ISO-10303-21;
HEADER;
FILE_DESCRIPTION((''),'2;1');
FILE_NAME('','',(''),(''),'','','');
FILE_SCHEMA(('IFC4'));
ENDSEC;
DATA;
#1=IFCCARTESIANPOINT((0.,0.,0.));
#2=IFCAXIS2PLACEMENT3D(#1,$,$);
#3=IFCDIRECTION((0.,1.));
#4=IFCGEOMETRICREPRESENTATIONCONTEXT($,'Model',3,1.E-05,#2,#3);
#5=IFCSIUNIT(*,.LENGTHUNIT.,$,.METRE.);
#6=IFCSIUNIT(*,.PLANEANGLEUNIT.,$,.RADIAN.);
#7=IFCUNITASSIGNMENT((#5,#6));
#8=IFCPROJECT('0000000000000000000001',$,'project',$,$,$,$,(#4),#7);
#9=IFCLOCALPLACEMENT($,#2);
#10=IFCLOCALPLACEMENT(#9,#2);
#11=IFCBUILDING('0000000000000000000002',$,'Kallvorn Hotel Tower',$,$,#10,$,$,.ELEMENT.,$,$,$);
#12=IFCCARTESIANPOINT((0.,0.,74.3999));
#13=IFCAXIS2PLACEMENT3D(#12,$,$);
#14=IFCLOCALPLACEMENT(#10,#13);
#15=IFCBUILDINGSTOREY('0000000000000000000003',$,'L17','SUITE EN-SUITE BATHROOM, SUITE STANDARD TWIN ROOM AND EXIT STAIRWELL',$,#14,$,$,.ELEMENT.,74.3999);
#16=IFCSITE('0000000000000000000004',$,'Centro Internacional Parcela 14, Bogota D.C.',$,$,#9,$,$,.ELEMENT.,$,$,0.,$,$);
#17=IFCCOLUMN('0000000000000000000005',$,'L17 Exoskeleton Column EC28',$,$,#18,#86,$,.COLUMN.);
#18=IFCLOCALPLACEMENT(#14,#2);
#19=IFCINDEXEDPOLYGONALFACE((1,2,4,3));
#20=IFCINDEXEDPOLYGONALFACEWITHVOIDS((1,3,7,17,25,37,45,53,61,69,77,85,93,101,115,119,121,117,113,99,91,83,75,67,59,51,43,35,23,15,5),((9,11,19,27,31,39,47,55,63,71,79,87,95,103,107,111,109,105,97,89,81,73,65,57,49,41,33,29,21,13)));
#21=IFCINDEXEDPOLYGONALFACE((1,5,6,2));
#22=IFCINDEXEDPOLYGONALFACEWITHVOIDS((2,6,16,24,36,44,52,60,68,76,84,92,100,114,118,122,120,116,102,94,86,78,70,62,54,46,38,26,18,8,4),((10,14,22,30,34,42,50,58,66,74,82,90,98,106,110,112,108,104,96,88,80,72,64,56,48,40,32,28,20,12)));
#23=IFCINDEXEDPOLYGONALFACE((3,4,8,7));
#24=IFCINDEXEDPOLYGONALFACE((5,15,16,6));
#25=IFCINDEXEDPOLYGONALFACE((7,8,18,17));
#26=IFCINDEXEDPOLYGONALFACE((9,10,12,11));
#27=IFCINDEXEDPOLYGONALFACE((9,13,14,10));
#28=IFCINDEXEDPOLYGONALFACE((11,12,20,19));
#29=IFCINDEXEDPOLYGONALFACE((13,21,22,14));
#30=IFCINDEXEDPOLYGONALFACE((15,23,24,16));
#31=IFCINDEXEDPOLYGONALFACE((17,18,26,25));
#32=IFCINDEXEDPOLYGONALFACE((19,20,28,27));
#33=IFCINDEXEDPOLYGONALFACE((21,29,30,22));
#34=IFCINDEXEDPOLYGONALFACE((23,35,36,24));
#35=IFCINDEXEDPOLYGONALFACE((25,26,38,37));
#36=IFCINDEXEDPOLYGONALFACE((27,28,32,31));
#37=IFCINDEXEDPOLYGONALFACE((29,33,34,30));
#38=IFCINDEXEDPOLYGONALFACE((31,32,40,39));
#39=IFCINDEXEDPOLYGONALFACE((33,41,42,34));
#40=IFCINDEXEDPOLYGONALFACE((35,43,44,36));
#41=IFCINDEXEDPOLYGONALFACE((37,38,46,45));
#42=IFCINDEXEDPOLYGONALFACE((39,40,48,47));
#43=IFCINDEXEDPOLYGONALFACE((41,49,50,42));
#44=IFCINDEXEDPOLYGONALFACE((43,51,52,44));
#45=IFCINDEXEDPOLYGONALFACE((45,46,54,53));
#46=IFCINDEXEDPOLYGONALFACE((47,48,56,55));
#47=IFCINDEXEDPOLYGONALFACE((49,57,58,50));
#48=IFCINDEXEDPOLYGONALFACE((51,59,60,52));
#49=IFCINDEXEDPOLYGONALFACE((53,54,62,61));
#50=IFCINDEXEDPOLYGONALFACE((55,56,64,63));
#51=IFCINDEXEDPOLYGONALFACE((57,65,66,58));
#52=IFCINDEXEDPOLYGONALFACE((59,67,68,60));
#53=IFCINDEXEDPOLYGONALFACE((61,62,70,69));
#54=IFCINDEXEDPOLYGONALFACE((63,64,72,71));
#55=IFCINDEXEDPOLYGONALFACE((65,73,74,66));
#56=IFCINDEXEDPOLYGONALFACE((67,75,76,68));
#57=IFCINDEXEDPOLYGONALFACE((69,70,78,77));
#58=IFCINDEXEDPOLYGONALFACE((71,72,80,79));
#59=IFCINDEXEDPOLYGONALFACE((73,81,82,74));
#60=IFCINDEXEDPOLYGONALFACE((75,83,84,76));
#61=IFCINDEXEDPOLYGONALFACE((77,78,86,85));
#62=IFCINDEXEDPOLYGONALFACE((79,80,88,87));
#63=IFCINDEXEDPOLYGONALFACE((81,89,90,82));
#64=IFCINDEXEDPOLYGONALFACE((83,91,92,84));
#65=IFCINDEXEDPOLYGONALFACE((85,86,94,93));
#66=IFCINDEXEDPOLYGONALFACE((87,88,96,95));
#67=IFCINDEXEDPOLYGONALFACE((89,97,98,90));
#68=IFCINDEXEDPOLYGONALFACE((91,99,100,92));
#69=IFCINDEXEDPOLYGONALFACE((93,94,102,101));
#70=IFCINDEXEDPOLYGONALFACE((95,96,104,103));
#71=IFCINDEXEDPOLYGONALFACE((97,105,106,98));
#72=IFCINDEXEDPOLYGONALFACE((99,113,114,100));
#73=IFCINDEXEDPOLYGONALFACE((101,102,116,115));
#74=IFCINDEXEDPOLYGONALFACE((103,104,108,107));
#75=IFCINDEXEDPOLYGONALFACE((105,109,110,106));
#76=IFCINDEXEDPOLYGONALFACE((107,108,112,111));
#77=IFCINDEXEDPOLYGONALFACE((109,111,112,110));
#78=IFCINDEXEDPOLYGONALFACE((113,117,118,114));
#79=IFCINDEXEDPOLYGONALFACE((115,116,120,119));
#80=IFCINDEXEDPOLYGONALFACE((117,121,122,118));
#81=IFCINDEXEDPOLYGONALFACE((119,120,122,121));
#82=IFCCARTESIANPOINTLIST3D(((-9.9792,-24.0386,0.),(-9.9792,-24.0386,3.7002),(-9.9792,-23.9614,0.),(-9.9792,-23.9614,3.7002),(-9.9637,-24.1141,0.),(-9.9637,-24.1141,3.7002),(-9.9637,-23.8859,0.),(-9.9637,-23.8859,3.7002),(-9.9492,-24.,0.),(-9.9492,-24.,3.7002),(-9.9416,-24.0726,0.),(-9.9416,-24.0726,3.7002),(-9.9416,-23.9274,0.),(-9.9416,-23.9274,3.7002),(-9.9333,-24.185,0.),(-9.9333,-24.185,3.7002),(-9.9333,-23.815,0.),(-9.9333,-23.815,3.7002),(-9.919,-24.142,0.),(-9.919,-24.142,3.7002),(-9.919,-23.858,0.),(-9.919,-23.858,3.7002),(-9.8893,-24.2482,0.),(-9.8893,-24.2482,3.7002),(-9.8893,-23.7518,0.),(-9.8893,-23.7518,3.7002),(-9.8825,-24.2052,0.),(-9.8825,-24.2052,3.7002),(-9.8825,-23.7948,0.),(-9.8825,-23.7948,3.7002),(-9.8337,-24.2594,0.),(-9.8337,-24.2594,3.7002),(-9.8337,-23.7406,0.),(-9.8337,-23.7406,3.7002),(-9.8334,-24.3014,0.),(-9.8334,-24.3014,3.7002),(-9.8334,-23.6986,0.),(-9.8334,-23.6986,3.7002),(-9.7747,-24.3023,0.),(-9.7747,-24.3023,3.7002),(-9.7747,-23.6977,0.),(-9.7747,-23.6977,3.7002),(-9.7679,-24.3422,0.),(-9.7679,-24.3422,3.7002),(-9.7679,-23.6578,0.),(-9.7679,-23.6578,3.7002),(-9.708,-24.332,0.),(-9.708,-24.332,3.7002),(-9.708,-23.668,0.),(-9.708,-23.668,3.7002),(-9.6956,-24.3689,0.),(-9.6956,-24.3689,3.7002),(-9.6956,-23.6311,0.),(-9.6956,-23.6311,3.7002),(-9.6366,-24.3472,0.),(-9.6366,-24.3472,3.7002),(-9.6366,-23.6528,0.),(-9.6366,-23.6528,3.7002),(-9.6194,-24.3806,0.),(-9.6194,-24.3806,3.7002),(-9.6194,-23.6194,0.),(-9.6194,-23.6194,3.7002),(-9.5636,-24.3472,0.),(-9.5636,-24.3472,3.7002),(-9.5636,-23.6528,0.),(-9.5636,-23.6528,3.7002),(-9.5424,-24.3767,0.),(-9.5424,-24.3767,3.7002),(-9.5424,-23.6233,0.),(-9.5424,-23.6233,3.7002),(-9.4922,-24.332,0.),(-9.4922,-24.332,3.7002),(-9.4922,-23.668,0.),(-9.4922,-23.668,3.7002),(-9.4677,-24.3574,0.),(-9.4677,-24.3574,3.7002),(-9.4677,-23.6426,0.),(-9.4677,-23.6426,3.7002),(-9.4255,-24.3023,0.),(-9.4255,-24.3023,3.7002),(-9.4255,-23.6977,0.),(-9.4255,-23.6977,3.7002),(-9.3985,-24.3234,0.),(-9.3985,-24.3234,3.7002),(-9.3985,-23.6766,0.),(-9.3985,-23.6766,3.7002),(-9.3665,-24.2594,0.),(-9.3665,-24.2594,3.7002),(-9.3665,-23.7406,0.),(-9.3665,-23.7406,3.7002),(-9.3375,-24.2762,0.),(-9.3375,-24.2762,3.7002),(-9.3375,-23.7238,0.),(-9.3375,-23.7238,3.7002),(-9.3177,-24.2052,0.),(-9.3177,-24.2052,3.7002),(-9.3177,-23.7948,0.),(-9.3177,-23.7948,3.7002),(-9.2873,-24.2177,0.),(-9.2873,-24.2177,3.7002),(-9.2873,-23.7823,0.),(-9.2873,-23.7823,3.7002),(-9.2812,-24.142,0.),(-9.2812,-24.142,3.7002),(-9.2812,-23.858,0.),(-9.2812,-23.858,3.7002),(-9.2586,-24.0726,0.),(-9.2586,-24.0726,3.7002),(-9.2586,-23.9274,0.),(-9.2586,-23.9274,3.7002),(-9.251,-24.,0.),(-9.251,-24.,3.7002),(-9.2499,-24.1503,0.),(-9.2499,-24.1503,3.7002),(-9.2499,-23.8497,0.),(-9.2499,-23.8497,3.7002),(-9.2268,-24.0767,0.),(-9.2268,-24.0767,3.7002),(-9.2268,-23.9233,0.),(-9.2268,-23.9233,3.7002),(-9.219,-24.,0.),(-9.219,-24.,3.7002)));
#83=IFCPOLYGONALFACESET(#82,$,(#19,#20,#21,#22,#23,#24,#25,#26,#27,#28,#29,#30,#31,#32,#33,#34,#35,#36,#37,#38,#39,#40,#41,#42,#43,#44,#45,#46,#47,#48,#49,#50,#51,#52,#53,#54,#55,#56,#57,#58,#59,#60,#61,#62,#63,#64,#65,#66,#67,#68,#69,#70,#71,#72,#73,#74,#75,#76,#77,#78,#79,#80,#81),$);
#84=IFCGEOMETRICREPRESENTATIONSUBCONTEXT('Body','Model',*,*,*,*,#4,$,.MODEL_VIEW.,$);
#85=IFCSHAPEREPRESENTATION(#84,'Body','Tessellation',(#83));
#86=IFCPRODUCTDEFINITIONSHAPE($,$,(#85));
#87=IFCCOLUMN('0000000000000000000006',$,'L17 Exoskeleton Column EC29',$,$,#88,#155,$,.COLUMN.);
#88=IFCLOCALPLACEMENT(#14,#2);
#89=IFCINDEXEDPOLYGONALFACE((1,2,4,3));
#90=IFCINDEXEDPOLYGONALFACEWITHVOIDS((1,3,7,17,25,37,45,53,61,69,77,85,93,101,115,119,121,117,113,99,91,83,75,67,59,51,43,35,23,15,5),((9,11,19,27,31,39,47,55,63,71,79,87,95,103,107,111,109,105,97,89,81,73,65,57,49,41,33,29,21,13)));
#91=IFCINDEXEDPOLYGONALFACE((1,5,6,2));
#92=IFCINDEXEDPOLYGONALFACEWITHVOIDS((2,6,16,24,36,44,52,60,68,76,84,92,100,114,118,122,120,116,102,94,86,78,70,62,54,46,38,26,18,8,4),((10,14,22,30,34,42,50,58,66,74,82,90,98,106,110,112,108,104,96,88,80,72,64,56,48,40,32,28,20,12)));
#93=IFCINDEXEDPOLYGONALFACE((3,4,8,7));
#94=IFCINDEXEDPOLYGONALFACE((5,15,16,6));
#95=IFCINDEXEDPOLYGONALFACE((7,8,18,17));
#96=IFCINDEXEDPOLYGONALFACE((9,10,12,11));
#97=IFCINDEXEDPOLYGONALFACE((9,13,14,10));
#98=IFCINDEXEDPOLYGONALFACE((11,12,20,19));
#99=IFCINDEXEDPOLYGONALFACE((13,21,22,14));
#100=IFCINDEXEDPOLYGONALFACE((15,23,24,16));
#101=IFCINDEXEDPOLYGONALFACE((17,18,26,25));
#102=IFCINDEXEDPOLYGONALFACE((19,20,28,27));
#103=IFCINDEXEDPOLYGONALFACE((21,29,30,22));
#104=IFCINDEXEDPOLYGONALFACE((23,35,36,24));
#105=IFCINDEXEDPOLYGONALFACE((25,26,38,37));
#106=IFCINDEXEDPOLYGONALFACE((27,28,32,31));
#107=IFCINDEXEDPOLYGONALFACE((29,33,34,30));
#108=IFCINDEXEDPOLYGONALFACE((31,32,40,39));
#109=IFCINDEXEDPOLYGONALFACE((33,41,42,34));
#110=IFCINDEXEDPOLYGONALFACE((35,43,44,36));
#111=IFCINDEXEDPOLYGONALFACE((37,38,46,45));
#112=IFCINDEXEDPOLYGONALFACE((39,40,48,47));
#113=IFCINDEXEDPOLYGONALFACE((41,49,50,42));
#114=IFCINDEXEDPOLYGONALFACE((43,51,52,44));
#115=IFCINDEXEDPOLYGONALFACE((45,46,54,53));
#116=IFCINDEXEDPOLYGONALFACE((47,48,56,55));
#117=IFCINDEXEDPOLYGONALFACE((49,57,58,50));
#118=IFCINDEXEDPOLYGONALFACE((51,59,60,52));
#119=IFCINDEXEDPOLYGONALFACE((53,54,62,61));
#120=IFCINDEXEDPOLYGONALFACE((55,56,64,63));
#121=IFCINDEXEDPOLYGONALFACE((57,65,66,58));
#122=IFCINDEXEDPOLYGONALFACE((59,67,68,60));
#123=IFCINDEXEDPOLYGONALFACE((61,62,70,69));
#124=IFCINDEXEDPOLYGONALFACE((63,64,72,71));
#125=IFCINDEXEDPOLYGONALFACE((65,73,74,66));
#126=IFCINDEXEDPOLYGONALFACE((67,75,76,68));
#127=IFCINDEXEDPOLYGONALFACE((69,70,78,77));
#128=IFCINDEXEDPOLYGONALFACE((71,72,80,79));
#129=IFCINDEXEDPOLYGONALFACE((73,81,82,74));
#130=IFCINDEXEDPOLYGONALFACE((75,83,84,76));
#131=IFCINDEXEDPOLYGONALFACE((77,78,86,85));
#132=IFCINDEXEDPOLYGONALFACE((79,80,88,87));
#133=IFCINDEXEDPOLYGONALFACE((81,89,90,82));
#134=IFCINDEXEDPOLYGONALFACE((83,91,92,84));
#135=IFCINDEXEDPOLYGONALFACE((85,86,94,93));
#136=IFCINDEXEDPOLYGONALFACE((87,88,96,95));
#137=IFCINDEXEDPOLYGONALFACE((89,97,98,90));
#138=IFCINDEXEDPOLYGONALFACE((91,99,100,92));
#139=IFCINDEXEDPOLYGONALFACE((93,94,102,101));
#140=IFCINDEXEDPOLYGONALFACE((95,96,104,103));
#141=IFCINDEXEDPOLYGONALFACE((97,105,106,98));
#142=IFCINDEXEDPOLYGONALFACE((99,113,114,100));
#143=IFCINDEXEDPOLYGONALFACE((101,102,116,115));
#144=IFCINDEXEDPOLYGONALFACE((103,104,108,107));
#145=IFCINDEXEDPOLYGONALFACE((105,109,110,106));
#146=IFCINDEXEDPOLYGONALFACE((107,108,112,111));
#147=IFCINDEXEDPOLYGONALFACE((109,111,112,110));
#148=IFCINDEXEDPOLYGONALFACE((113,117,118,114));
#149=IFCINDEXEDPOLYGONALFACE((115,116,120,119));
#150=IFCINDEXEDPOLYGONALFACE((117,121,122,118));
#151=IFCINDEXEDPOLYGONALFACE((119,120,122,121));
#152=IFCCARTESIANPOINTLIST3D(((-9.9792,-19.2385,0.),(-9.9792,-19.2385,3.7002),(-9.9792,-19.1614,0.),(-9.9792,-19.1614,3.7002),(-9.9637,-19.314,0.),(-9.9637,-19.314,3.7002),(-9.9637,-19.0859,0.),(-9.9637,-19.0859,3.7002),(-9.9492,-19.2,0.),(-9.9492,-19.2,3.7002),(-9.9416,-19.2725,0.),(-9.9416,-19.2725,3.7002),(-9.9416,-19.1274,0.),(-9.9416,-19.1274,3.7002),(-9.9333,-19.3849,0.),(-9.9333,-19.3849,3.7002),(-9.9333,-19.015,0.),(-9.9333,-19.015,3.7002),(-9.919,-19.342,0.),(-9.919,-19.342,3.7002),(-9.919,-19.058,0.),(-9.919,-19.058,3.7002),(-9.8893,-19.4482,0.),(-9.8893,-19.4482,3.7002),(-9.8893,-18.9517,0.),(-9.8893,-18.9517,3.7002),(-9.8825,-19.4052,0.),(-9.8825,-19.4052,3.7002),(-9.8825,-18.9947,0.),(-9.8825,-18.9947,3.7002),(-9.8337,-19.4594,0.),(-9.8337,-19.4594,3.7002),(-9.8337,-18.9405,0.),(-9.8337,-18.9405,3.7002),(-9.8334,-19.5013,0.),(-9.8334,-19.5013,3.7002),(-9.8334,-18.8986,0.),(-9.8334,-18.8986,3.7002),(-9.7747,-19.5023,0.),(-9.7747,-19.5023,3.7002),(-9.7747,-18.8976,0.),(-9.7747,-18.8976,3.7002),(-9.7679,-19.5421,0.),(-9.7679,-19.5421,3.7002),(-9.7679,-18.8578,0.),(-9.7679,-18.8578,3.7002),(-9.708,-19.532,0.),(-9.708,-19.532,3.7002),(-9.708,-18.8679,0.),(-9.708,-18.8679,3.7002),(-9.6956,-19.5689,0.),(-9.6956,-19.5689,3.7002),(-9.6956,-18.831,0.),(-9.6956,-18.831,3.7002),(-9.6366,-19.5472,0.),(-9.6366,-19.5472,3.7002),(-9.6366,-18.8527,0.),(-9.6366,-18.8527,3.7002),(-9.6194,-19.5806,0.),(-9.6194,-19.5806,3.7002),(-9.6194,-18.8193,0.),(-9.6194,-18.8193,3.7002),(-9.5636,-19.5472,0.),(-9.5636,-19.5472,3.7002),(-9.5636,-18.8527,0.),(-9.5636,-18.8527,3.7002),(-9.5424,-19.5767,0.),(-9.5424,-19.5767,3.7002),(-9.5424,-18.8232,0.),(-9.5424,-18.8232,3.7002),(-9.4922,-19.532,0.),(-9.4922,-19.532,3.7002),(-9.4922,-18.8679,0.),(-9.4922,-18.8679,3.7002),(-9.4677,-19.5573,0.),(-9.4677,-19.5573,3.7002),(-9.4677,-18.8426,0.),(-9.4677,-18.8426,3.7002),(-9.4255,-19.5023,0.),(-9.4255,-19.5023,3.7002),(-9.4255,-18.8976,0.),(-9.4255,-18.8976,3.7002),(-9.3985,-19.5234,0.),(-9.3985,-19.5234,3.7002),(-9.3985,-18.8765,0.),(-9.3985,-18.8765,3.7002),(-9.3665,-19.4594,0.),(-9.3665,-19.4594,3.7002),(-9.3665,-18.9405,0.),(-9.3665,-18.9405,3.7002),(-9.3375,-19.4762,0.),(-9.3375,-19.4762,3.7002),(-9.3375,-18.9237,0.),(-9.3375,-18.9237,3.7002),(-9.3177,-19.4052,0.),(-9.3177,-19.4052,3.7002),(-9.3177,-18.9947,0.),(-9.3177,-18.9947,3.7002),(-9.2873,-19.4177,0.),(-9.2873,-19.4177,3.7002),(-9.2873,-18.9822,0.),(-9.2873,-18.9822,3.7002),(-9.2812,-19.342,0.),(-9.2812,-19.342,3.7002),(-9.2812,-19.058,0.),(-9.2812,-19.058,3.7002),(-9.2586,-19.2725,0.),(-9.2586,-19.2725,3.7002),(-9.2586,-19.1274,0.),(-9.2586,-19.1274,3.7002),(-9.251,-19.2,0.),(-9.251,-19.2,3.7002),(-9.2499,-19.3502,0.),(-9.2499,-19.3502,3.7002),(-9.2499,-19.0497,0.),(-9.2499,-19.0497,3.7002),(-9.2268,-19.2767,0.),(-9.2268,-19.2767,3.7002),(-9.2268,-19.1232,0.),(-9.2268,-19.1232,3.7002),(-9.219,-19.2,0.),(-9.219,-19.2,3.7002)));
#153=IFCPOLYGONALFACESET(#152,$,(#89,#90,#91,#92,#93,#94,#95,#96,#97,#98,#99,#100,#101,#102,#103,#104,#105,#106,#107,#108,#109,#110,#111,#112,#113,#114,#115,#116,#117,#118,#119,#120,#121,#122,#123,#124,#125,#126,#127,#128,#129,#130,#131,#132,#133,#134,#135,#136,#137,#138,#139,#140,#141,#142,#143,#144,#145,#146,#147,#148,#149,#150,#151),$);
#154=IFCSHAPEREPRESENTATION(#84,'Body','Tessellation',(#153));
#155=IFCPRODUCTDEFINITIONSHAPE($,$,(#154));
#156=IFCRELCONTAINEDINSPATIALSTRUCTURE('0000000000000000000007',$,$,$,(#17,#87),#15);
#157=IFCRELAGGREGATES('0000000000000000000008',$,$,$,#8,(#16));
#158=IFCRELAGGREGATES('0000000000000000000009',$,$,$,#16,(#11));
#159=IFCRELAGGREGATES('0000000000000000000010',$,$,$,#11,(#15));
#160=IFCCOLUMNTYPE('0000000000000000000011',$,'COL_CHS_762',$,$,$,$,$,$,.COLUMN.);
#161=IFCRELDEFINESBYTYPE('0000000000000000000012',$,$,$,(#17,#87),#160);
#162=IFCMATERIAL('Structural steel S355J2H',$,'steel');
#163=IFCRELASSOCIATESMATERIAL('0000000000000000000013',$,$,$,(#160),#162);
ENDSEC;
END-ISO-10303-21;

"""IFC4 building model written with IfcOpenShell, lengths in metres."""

from ifc_helpers import new_model, si_unit, direction, frame, origin, origin_2d, place, context, subcontext, project, spatial, hollow_circle, extrude, material, material_profile, profile_set, type_object, element, save


model = new_model("IFC4")

# Units and contexts
model_context = context("Model", 3, precision=1e-05, world=origin(), true_north=direction((0.0, 1.0)))
body_context = subcontext(model_context, "Body", "Model", "MODEL_VIEW")
ifc_project = project(units=[si_unit("LENGTHUNIT", "METRE"), si_unit("PLANEANGLEUNIT", "RADIAN")], contexts=[model_context])

# Site, building, storey
site_placement = place(None, origin())
site = spatial("IfcSite", under=ifc_project, at=site_placement, Name="Centro Internacional Parcela 14, Bogota D.C.", CompositionType="ELEMENT", RefElevation=0.0)
building_placement = place(site_placement, origin())
building = spatial("IfcBuilding", under=site, at=building_placement, Name="Kallvorn Hotel Tower", CompositionType="ELEMENT")
storey_placement = place(building_placement, frame((0.0, 0.0, 74.3999)))
storey = spatial("IfcBuildingStorey", under=building, at=storey_placement, Name="L17", Description="SUITE EN-SUITE BATHROOM, SUITE STANDARD TWIN ROOM AND EXIT STAIRWELL", CompositionType="ELEMENT", Elevation=74.3999)

# Columns
ifc_material_1 = material(Name="Structural steel S355J2H", Category="steel")
ifc_material_profile_1 = material_profile(ifc_material_1, hollow_circle(Radius=0.3811, WallThickness=0.032, at=origin_2d()), Name="CHS 762x32")
ifc_profile_set_1 = profile_set([ifc_material_profile_1], Name="Structural steel S355J2H")
column_type_1 = type_object("IfcColumnType", Name="COL_CHS_762", PredefinedType="COLUMN", material=ifc_profile_set_1)
for number, where, z_axis, x_axis, name in (
    (1, (-9.6001, -24.0, 0.0), (0.0, 0.0, 1.0), (1.0, 0.0, 0.0), "L17 Exoskeleton Column EC28"),
    (2, (-9.6001, -19.2, 0.0), (0.0, 0.0, 1.0), (1.0, 0.0, 0.0), "L17 Exoskeleton Column EC29"),
):
    element("IfcColumn", number, at=place(storey_placement, frame(where, z_axis=z_axis, x_axis=x_axis)), inside=storey, type_object=column_type_1, Name=name, PredefinedType="COLUMN", context=body_context, shape_type="SweptSolid", body=[
        extrude(hollow_circle(Radius=0.3811, WallThickness=0.032, at=origin_2d()), origin(), (0.0, 0.0, 1.0), 3.7002),
    ])

save(model, "model.ifc")
